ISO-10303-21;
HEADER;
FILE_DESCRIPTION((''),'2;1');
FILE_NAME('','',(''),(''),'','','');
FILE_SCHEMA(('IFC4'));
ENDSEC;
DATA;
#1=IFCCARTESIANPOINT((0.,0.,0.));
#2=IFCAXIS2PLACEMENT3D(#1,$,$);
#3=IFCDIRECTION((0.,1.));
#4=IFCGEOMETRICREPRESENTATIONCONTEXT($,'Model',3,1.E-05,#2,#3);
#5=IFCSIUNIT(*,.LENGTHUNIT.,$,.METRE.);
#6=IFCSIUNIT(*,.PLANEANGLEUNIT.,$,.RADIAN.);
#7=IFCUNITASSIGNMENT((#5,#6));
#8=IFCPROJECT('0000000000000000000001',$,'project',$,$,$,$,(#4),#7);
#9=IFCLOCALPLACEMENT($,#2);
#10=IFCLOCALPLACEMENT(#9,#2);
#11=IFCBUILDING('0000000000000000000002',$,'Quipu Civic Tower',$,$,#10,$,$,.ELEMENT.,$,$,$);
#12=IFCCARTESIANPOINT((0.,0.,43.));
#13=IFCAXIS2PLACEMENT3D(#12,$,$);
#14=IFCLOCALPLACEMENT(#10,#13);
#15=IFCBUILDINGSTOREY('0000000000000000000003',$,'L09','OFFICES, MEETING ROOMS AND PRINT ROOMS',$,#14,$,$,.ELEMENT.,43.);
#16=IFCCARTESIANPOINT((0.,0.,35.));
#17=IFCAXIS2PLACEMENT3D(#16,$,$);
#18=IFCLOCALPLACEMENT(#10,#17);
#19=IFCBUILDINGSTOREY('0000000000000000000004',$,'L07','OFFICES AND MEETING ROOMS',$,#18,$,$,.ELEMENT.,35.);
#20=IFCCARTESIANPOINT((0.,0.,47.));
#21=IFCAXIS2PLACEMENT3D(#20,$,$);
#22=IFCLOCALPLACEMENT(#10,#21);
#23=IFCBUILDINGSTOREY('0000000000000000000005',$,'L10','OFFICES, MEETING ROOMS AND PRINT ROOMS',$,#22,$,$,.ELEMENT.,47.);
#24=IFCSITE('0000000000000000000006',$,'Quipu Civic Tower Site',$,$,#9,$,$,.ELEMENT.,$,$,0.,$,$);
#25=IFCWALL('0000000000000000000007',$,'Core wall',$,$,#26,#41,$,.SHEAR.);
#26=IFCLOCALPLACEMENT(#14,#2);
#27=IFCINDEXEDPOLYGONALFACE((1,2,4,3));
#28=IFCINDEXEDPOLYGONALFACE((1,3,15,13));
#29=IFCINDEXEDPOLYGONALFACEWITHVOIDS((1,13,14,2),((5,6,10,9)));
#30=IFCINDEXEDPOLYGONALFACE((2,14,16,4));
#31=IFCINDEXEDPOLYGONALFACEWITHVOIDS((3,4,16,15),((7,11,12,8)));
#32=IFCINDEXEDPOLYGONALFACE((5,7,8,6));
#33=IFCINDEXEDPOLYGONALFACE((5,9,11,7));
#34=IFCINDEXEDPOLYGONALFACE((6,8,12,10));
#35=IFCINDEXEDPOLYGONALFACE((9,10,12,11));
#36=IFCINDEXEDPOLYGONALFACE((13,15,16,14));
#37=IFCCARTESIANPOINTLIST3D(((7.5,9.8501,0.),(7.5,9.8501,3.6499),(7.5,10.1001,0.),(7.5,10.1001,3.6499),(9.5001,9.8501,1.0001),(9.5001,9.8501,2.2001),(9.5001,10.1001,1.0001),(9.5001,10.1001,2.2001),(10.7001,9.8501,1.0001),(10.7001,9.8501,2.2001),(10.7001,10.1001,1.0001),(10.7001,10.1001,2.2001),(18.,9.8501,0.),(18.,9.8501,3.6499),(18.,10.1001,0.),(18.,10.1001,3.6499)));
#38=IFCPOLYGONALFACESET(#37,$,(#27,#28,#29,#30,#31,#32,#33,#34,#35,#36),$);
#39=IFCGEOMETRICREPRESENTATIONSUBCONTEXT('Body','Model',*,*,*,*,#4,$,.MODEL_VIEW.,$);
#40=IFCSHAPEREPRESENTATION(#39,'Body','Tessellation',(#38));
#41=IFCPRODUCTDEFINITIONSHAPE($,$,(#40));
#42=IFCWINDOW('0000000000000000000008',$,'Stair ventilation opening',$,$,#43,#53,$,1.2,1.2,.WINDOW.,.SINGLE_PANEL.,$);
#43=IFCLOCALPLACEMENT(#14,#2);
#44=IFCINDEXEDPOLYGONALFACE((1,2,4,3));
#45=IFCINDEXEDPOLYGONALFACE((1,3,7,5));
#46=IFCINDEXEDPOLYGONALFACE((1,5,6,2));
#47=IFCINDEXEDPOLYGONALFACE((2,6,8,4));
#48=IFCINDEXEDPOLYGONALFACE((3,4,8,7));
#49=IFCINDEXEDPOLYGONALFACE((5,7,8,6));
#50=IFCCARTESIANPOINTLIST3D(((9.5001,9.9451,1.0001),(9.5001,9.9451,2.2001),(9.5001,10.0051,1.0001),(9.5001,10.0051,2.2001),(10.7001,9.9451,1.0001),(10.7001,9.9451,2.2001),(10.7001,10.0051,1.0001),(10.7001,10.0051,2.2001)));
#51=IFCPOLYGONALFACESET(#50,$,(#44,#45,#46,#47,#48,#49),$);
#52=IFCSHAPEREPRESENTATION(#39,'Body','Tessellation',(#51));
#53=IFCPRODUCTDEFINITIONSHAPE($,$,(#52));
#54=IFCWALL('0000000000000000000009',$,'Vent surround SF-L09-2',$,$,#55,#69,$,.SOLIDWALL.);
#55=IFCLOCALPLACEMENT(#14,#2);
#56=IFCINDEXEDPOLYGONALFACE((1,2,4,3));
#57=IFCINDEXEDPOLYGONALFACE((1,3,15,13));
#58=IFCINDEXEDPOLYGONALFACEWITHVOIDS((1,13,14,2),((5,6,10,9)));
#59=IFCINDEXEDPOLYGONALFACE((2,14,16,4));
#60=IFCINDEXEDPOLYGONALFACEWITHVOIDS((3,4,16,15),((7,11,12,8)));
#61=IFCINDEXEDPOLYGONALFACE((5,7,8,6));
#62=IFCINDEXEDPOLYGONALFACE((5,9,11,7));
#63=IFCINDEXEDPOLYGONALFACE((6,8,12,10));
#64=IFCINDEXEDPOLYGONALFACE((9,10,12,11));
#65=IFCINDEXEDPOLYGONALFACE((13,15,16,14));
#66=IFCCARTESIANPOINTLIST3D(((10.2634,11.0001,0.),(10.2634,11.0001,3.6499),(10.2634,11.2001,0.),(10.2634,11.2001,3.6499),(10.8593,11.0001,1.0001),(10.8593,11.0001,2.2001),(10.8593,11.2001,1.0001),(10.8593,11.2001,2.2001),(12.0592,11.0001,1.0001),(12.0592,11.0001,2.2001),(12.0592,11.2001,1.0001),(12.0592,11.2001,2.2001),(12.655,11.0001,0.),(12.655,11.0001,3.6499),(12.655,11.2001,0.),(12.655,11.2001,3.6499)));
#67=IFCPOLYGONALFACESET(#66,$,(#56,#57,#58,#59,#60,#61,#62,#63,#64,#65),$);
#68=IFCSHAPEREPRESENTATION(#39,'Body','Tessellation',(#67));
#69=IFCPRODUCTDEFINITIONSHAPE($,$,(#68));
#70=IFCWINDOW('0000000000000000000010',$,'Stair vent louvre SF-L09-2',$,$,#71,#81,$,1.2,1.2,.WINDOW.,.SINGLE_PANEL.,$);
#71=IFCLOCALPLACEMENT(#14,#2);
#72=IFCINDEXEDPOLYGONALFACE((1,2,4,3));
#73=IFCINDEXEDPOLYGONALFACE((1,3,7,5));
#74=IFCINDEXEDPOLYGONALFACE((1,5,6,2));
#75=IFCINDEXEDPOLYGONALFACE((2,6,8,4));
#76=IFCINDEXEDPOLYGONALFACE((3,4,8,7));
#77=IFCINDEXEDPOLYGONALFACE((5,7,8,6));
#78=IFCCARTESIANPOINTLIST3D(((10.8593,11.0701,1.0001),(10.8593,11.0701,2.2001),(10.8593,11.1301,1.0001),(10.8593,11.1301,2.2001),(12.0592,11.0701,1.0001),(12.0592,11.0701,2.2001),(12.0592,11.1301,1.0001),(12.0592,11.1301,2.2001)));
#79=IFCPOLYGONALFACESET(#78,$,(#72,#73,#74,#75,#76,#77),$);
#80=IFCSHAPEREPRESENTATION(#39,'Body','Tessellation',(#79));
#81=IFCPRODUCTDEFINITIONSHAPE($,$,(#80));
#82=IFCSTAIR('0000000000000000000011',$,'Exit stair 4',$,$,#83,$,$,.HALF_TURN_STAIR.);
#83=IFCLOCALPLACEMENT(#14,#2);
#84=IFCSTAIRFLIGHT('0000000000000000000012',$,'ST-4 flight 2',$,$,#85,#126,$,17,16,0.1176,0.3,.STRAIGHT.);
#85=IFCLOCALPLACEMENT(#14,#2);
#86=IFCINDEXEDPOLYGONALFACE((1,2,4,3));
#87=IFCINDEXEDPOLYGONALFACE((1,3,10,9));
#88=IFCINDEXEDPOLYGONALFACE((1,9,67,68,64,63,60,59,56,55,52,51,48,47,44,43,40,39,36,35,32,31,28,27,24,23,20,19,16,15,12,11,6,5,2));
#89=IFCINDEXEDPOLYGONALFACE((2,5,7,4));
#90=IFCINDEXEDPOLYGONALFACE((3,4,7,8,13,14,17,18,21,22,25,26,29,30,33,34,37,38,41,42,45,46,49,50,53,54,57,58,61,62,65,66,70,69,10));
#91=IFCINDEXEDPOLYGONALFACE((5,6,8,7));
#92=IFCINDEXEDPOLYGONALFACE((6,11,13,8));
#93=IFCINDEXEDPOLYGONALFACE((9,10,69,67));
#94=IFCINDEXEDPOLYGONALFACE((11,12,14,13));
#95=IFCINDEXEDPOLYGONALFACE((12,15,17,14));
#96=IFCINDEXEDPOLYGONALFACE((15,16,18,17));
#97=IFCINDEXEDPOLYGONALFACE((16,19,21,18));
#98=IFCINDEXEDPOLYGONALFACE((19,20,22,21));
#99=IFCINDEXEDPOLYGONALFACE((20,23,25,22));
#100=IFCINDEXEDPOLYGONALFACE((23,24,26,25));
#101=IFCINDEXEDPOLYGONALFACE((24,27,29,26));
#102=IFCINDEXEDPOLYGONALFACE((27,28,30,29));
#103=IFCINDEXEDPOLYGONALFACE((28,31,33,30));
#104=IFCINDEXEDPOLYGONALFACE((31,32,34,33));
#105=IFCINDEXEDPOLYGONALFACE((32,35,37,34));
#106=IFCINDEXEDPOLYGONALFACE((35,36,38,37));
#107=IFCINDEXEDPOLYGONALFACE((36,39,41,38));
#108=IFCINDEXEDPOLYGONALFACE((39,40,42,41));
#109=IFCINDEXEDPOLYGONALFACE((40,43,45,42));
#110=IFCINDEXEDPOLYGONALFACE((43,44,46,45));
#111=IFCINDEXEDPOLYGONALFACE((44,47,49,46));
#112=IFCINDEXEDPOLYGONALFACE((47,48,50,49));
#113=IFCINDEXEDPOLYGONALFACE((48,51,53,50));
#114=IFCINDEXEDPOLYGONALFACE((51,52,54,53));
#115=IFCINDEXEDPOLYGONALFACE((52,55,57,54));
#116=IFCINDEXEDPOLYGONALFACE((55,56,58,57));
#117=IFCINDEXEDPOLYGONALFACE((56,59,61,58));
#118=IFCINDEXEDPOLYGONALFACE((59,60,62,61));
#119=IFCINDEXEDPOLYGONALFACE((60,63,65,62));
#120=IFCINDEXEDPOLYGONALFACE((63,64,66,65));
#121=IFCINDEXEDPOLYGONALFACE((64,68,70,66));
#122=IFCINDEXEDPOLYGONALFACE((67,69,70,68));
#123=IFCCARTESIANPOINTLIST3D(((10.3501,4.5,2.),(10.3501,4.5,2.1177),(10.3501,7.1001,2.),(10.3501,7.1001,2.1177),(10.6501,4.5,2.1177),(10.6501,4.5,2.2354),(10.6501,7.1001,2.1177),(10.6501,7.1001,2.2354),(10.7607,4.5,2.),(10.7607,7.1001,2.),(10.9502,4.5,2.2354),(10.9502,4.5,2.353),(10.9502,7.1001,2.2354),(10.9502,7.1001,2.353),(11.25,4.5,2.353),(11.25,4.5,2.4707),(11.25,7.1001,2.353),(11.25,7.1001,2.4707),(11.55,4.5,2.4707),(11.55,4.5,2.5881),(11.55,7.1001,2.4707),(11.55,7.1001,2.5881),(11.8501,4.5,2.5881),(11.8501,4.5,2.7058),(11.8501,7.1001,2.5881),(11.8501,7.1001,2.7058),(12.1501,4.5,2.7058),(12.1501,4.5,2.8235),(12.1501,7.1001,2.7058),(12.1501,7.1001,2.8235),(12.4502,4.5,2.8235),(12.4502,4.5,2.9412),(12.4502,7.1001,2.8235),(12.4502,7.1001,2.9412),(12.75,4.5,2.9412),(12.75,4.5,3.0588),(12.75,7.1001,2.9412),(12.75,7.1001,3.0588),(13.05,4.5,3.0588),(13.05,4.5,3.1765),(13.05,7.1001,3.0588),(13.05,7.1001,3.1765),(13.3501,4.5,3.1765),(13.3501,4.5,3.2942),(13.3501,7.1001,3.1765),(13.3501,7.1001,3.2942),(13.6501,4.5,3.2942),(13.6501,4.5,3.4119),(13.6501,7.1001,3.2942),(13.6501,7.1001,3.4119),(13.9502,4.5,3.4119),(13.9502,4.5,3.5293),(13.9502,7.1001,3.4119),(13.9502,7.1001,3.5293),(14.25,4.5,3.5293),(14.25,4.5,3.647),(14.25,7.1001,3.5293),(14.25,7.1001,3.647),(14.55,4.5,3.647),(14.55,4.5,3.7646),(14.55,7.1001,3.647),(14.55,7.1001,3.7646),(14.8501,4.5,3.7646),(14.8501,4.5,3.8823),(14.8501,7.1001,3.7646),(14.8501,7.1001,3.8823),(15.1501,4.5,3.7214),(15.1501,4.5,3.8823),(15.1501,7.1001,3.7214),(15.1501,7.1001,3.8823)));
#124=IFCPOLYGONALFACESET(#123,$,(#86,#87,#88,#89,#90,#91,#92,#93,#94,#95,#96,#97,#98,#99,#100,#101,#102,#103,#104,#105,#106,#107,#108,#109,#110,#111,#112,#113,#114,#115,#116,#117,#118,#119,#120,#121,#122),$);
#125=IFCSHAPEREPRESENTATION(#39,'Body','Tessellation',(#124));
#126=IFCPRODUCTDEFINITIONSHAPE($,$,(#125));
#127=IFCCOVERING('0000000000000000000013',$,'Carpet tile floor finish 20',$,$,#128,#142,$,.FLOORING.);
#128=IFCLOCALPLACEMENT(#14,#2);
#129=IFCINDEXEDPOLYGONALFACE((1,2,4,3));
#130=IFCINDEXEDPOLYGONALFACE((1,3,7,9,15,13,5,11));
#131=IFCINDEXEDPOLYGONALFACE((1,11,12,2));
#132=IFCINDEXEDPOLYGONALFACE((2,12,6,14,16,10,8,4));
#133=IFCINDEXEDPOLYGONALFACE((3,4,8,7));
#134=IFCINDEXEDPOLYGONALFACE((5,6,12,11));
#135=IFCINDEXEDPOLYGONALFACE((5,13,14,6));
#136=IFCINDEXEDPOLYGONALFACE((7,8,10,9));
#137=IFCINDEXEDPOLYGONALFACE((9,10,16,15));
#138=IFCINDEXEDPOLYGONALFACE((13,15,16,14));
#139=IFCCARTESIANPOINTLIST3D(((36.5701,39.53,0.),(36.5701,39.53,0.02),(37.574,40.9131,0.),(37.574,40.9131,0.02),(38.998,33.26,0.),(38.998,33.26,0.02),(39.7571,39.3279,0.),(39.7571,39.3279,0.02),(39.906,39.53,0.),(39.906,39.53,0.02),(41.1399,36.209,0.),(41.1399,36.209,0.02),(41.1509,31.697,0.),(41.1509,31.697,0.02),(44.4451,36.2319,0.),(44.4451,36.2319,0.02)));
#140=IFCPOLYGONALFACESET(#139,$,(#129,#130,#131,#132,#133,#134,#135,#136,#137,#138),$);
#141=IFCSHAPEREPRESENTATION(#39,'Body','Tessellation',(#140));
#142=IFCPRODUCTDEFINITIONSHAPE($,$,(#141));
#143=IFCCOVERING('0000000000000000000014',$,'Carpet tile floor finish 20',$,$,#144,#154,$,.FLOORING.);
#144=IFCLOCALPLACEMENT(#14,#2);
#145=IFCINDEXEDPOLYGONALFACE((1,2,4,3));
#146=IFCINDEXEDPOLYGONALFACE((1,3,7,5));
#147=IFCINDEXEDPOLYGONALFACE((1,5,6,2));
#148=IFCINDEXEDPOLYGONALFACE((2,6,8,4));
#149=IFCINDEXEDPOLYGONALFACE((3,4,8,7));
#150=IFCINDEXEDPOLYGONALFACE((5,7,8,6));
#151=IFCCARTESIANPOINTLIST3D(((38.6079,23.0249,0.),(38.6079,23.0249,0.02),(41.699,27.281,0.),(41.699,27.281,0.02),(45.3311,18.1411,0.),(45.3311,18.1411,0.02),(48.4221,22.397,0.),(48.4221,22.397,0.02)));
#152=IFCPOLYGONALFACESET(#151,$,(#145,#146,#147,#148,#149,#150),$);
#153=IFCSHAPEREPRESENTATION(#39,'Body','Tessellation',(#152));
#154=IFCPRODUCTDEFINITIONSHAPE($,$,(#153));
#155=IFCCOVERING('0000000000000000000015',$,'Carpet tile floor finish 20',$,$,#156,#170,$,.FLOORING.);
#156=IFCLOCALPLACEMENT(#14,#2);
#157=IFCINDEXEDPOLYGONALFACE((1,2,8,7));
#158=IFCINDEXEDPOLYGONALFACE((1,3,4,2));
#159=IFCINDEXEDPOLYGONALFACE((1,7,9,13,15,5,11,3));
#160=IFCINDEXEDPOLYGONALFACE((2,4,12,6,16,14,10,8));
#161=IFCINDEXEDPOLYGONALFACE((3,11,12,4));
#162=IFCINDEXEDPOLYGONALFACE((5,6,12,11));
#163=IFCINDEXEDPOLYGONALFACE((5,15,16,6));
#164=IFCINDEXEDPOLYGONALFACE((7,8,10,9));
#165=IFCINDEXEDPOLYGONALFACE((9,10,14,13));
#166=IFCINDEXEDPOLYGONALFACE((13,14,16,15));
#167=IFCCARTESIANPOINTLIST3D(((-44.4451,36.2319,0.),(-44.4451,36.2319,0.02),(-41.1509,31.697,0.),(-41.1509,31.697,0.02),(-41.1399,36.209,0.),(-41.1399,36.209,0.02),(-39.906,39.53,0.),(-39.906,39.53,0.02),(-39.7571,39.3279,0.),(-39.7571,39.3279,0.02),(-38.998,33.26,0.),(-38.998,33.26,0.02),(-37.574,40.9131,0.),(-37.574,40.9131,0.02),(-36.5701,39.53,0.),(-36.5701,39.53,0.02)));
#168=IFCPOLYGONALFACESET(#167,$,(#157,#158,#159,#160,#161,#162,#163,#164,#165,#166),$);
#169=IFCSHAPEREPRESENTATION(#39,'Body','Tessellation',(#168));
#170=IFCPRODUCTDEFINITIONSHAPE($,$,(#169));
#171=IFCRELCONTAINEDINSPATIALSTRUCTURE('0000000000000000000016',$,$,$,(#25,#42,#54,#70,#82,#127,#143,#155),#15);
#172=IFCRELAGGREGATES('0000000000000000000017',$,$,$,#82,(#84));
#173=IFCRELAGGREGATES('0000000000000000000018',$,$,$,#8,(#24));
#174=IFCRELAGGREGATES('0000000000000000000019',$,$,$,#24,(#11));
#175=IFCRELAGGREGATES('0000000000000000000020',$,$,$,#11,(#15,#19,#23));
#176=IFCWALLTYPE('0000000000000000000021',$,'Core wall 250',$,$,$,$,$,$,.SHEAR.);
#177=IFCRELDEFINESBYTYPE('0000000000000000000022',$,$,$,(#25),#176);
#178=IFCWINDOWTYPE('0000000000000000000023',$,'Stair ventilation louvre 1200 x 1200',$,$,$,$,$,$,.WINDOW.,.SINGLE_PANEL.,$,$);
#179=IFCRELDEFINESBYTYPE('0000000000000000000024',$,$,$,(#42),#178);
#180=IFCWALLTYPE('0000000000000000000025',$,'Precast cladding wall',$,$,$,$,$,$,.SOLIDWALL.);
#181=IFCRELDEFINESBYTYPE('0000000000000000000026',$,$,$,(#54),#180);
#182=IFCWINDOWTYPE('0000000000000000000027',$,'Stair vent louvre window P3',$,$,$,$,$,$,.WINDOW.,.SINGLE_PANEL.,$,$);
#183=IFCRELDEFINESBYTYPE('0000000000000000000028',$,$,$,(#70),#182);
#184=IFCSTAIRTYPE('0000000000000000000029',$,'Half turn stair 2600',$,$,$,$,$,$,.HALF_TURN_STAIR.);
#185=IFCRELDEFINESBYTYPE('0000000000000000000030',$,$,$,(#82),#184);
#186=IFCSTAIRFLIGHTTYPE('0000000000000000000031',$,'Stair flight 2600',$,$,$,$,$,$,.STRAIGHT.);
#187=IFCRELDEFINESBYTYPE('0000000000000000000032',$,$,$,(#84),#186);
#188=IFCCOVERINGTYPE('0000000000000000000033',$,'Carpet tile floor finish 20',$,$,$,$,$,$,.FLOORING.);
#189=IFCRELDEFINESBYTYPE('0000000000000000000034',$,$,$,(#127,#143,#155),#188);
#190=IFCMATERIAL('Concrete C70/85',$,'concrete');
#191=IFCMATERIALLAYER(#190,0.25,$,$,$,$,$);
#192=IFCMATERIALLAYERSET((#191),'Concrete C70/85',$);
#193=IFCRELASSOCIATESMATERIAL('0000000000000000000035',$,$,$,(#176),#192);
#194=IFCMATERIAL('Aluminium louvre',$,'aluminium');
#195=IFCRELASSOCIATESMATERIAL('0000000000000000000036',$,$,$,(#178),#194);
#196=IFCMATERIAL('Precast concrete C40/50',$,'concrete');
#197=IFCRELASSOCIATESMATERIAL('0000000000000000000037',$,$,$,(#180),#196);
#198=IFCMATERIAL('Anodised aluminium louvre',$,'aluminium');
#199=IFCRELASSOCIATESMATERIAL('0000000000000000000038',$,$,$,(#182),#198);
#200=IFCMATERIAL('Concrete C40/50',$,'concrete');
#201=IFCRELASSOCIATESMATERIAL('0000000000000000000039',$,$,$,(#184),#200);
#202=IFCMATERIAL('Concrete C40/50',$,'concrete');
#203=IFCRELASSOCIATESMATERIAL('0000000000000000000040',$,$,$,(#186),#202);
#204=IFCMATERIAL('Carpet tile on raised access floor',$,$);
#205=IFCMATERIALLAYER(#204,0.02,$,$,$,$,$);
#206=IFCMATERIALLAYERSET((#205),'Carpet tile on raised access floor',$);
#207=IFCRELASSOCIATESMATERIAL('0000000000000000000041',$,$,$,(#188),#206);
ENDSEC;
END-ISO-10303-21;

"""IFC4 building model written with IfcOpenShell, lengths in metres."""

from ifc_helpers import new_model, si_unit, direction, frame, frame_2d, origin, place, context, subcontext, project, spatial, polyline, rectangle, outline, extrude, material, layer, layer_set, type_object, element, fill, aggregate, save


model = new_model("IFC4")

# Units and contexts
model_context = context("Model", 3, precision=1e-05, world=origin(), true_north=direction((0.0, 1.0)))
body_context = subcontext(model_context, "Body", "Model", "MODEL_VIEW")
ifc_project = project(units=[si_unit("LENGTHUNIT", "METRE"), si_unit("PLANEANGLEUNIT", "RADIAN")], contexts=[model_context])

# Site, building, storey
site_placement = place(None, origin())
site = spatial("IfcSite", under=ifc_project, at=site_placement, Name="Quipu Civic Tower Site", CompositionType="ELEMENT", RefElevation=0.0)
building_placement = place(site_placement, origin())
building = spatial("IfcBuilding", under=site, at=building_placement, Name="Quipu Civic Tower", CompositionType="ELEMENT")
storey_1_placement = place(building_placement, frame((0.0, 0.0, 43.0)))
storey_1 = spatial("IfcBuildingStorey", under=building, at=storey_1_placement, Name="L09", Description="OFFICES, MEETING ROOMS AND PRINT ROOMS", CompositionType="ELEMENT", Elevation=43.0)

# Shared definitions
storey_2_placement = place(building_placement, frame((0.0, 0.0, 35.0)))
storey_2 = spatial("IfcBuildingStorey", under=building, at=storey_2_placement, Name="L07", Description="OFFICES AND MEETING ROOMS", CompositionType="ELEMENT", Elevation=35.0)

# Shared definitions
storey_3_placement = place(building_placement, frame((0.0, 0.0, 47.0)))
storey_3 = spatial("IfcBuildingStorey", under=building, at=storey_3_placement, Name="L10", Description="OFFICES, MEETING ROOMS AND PRINT ROOMS", CompositionType="ELEMENT", Elevation=47.0)

# Shared definitions
ifc_material_1 = material(Name="Concrete C70/85", Category="concrete")
ifc_layer_1 = layer(ifc_material_1, 0.25)
ifc_layer_set_1 = layer_set([ifc_layer_1], Name="Concrete C70/85")
wall_type_1 = type_object("IfcWallType", Name="Core wall 250", PredefinedType="SHEAR", material=ifc_layer_set_1)

# Walls, openings, windows
wall_1_placement = place(storey_1_placement, frame((7.5, 9.9751, 0.0), z_axis=(0.0, 0.0, 1.0), x_axis=(1.0, 0.0, 0.0)))
wall_1 = element("IfcWall", 1, at=wall_1_placement, inside=storey_1, type_object=wall_type_1, Name="Core wall", PredefinedType="SHEAR", context=body_context, shape_type="SweptSolid", body=[
    extrude(rectangle(XDim=10.5, YDim=0.25, at=frame_2d((5.25, 0.0))), origin(), (0.0, 0.0, 1.0), 3.6499),
])
opening_1_placement = place(wall_1_placement, frame((2.0, 0.0, 1.0)))
opening_1 = element("IfcOpeningElement", 2, at=opening_1_placement, cuts=wall_1, PredefinedType="OPENING", context=body_context, shape_type="SweptSolid", body=[
    extrude(rectangle(XDim=1.2, YDim=1.2, at=frame_2d((0.6001, 0.6001))), frame((0.0, 0.135, 0.0), z_axis=(0.0, -1.0, 0.0), x_axis=(1.0, 0.0, 0.0)), (0.0, 0.0, 1.0), 0.27),
])
ifc_material_2 = material(Name="Aluminium louvre", Category="aluminium")
window_type_1 = type_object("IfcWindowType", Name="Stair ventilation louvre 1200 x 1200", PartitioningType="SINGLE_PANEL", PredefinedType="WINDOW", material=ifc_material_2)
window_1_placement = place(opening_1_placement, origin())
window_1 = element("IfcWindow", 3, at=window_1_placement, inside=storey_1, type_object=window_type_1, Name="Stair ventilation opening", OverallHeight=1.2, OverallWidth=1.2, PartitioningType="SINGLE_PANEL", PredefinedType="WINDOW", context=body_context, shape_type="SweptSolid", body=[
    extrude(rectangle(XDim=1.2, YDim=1.2, at=frame_2d((0.6001, 0.6001))), frame((0.0, 0.03, 0.0), z_axis=(0.0, -1.0, 0.0), x_axis=(1.0, 0.0, 0.0)), (0.0, 0.0, 1.0), 0.0601),
])
fill(opening_1, window_1)
ifc_material_3 = material(Name="Precast concrete C40/50", Category="concrete")
wall_type_2 = type_object("IfcWallType", Name="Precast cladding wall", PredefinedType="SOLIDWALL", material=ifc_material_3)
wall_2_placement = place(storey_1_placement, frame((12.655, 11.1001, 0.0), z_axis=(0.0, 0.0, 1.0), x_axis=(-1.0, 0.0, 0.0)))
wall_2 = element("IfcWall", 4, at=wall_2_placement, inside=storey_1, type_object=wall_type_2, Name="Vent surround SF-L09-2", PredefinedType="SOLIDWALL", context=body_context, shape_type="SweptSolid", body=[
    extrude(rectangle(XDim=2.3916, YDim=0.2, at=frame_2d((1.1958, 0.0))), origin(), (0.0, 0.0, 1.0), 3.6499),
])
opening_2_placement = place(wall_2_placement, frame((0.5957, 0.0, 1.0)))
opening_2 = element("IfcOpeningElement", 5, at=opening_2_placement, cuts=wall_2, PredefinedType="OPENING", context=body_context, shape_type="SweptSolid", body=[
    extrude(rectangle(XDim=1.2, YDim=1.2, at=frame_2d((0.6001, 0.6001))), frame((0.0, 0.1099, 0.0), z_axis=(0.0, -1.0, 0.0), x_axis=(1.0, 0.0, 0.0)), (0.0, 0.0, 1.0), 0.22),
])
ifc_material_4 = material(Name="Anodised aluminium louvre", Category="aluminium")
window_type_2 = type_object("IfcWindowType", Name="Stair vent louvre window P3", PartitioningType="SINGLE_PANEL", PredefinedType="WINDOW", material=ifc_material_4)
window_2_placement = place(opening_2_placement, origin())
window_2 = element("IfcWindow", 6, at=window_2_placement, inside=storey_1, type_object=window_type_2, Name="Stair vent louvre SF-L09-2", OverallHeight=1.2, OverallWidth=1.2, PartitioningType="SINGLE_PANEL", PredefinedType="WINDOW", context=body_context, shape_type="SweptSolid", body=[
    extrude(rectangle(XDim=1.2, YDim=1.2, at=frame_2d((0.6001, 0.6001))), frame((0.0, 0.03, 0.0), z_axis=(0.0, -1.0, 0.0), x_axis=(1.0, 0.0, 0.0)), (0.0, 0.0, 1.0), 0.0601),
])
fill(opening_2, window_2)

# Stair, stair flight
ifc_material_5 = material(Name="Concrete C40/50", Category="concrete")
stair_type = type_object("IfcStairType", Name="Half turn stair 2600", PredefinedType="HALF_TURN_STAIR", material=ifc_material_5)
stair_placement = place(storey_1_placement, origin())
stair = element("IfcStair", 7, at=stair_placement, inside=storey_1, type_object=stair_type, Name="Exit stair 4", PredefinedType="HALF_TURN_STAIR")
ifc_material_6 = material(Name="Concrete C40/50", Category="concrete")
stair_flight_type = type_object("IfcStairFlightType", Name="Stair flight 2600", PredefinedType="STRAIGHT", material=ifc_material_6)
stair_flight_placement = place(storey_1_placement, frame((10.3501, 5.8, 2.0), z_axis=(0.0, 0.0, 1.0), x_axis=(1.0, 0.0, 0.0)))
stair_flight = element("IfcStairFlight", 8, at=stair_flight_placement, type_object=stair_flight_type, Name="ST-4 flight 2", NumberOfRisers=17, NumberOfTreads=16, PredefinedType="STRAIGHT", RiserHeight=0.1176, TreadLength=0.3, context=body_context, shape_type="SweptSolid", body=[
    extrude(outline(polyline([(0.0, 0.0), (0.0, 0.1177), (0.3, 0.1177), (0.3, 0.2354), (0.6001, 0.2354), (0.6001, 0.353), (0.8999, 0.353), (0.8999, 0.4707), (1.2, 0.4707), (1.2, 0.5881), (1.5, 0.5881), (1.5, 0.7058), (1.8, 0.7058), (1.8, 0.8235), (2.1001, 0.8235), (2.1001, 0.9412), (2.3999, 0.9412), (2.3999, 1.0588), (2.7, 1.0588), (2.7, 1.1765), (3.0, 1.1765), (3.0, 1.2942), (3.3, 1.2942), (3.3, 1.4119), (3.6001, 1.4119), (3.6001, 1.5293), (3.8999, 1.5293), (3.8999, 1.647), (4.2, 1.647), (4.2, 1.7646), (4.5, 1.7646), (4.5, 1.8823), (4.8, 1.8823), (4.8, 2.0), (4.8, 1.7214), (0.4106, 0.0), (0.0, 0.0)])), frame((0.0, 1.3, 0.0), z_axis=(0.0, -1.0, 0.0), x_axis=(1.0, 0.0, 0.0)), (0.0, 0.0, 1.0), 2.6001),
])
aggregate(stair, [stair_flight])

# Coverings
ifc_material_7 = material(Name="Carpet tile on raised access floor")
ifc_layer_2 = layer(ifc_material_7, 0.02)
ifc_layer_set_2 = layer_set([ifc_layer_2], Name="Carpet tile on raised access floor")
covering_type_1 = type_object("IfcCoveringType", Name="Carpet tile floor finish 20", PredefinedType="FLOORING", material=ifc_layer_set_2)
covering_1_placement = place(storey_1_placement, origin())
element("IfcCovering", 9, at=covering_1_placement, inside=storey_1, type_object=covering_type_1, Name="Carpet tile floor finish 20", PredefinedType="FLOORING", context=body_context, shape_type="SweptSolid", body=[
    extrude(outline(polyline([(36.5701, 39.53), (37.574, 40.9131), (39.7571, 39.3279), (39.906, 39.53), (44.4451, 36.2319), (41.1509, 31.697), (38.998, 33.26), (41.1399, 36.209), (36.5701, 39.53)])), origin(), (0.0, 0.0, 1.0), 0.02),
])
covering_2_placement = place(storey_1_placement, origin())
element("IfcCovering", 10, at=covering_2_placement, inside=storey_1, type_object=covering_type_1, Name="Carpet tile floor finish 20", PredefinedType="FLOORING", context=body_context, shape_type="SweptSolid", body=[
    extrude(outline(polyline([(38.6079, 23.0249), (41.699, 27.281), (48.4221, 22.397), (45.3311, 18.1411), (38.6079, 23.0249)])), origin(), (0.0, 0.0, 1.0), 0.02),
])
covering_3_placement = place(storey_1_placement, origin())
element("IfcCovering", 11, at=covering_3_placement, inside=storey_1, type_object=covering_type_1, Name="Carpet tile floor finish 20", PredefinedType="FLOORING", context=body_context, shape_type="SweptSolid", body=[
    extrude(outline(polyline([(-44.4451, 36.2319), (-39.906, 39.53), (-39.7571, 39.3279), (-37.574, 40.9131), (-36.5701, 39.53), (-41.1399, 36.209), (-38.998, 33.26), (-41.1509, 31.697), (-44.4451, 36.2319)])), origin(), (0.0, 0.0, 1.0), 0.02),
])

save(model, "model.ifc")
